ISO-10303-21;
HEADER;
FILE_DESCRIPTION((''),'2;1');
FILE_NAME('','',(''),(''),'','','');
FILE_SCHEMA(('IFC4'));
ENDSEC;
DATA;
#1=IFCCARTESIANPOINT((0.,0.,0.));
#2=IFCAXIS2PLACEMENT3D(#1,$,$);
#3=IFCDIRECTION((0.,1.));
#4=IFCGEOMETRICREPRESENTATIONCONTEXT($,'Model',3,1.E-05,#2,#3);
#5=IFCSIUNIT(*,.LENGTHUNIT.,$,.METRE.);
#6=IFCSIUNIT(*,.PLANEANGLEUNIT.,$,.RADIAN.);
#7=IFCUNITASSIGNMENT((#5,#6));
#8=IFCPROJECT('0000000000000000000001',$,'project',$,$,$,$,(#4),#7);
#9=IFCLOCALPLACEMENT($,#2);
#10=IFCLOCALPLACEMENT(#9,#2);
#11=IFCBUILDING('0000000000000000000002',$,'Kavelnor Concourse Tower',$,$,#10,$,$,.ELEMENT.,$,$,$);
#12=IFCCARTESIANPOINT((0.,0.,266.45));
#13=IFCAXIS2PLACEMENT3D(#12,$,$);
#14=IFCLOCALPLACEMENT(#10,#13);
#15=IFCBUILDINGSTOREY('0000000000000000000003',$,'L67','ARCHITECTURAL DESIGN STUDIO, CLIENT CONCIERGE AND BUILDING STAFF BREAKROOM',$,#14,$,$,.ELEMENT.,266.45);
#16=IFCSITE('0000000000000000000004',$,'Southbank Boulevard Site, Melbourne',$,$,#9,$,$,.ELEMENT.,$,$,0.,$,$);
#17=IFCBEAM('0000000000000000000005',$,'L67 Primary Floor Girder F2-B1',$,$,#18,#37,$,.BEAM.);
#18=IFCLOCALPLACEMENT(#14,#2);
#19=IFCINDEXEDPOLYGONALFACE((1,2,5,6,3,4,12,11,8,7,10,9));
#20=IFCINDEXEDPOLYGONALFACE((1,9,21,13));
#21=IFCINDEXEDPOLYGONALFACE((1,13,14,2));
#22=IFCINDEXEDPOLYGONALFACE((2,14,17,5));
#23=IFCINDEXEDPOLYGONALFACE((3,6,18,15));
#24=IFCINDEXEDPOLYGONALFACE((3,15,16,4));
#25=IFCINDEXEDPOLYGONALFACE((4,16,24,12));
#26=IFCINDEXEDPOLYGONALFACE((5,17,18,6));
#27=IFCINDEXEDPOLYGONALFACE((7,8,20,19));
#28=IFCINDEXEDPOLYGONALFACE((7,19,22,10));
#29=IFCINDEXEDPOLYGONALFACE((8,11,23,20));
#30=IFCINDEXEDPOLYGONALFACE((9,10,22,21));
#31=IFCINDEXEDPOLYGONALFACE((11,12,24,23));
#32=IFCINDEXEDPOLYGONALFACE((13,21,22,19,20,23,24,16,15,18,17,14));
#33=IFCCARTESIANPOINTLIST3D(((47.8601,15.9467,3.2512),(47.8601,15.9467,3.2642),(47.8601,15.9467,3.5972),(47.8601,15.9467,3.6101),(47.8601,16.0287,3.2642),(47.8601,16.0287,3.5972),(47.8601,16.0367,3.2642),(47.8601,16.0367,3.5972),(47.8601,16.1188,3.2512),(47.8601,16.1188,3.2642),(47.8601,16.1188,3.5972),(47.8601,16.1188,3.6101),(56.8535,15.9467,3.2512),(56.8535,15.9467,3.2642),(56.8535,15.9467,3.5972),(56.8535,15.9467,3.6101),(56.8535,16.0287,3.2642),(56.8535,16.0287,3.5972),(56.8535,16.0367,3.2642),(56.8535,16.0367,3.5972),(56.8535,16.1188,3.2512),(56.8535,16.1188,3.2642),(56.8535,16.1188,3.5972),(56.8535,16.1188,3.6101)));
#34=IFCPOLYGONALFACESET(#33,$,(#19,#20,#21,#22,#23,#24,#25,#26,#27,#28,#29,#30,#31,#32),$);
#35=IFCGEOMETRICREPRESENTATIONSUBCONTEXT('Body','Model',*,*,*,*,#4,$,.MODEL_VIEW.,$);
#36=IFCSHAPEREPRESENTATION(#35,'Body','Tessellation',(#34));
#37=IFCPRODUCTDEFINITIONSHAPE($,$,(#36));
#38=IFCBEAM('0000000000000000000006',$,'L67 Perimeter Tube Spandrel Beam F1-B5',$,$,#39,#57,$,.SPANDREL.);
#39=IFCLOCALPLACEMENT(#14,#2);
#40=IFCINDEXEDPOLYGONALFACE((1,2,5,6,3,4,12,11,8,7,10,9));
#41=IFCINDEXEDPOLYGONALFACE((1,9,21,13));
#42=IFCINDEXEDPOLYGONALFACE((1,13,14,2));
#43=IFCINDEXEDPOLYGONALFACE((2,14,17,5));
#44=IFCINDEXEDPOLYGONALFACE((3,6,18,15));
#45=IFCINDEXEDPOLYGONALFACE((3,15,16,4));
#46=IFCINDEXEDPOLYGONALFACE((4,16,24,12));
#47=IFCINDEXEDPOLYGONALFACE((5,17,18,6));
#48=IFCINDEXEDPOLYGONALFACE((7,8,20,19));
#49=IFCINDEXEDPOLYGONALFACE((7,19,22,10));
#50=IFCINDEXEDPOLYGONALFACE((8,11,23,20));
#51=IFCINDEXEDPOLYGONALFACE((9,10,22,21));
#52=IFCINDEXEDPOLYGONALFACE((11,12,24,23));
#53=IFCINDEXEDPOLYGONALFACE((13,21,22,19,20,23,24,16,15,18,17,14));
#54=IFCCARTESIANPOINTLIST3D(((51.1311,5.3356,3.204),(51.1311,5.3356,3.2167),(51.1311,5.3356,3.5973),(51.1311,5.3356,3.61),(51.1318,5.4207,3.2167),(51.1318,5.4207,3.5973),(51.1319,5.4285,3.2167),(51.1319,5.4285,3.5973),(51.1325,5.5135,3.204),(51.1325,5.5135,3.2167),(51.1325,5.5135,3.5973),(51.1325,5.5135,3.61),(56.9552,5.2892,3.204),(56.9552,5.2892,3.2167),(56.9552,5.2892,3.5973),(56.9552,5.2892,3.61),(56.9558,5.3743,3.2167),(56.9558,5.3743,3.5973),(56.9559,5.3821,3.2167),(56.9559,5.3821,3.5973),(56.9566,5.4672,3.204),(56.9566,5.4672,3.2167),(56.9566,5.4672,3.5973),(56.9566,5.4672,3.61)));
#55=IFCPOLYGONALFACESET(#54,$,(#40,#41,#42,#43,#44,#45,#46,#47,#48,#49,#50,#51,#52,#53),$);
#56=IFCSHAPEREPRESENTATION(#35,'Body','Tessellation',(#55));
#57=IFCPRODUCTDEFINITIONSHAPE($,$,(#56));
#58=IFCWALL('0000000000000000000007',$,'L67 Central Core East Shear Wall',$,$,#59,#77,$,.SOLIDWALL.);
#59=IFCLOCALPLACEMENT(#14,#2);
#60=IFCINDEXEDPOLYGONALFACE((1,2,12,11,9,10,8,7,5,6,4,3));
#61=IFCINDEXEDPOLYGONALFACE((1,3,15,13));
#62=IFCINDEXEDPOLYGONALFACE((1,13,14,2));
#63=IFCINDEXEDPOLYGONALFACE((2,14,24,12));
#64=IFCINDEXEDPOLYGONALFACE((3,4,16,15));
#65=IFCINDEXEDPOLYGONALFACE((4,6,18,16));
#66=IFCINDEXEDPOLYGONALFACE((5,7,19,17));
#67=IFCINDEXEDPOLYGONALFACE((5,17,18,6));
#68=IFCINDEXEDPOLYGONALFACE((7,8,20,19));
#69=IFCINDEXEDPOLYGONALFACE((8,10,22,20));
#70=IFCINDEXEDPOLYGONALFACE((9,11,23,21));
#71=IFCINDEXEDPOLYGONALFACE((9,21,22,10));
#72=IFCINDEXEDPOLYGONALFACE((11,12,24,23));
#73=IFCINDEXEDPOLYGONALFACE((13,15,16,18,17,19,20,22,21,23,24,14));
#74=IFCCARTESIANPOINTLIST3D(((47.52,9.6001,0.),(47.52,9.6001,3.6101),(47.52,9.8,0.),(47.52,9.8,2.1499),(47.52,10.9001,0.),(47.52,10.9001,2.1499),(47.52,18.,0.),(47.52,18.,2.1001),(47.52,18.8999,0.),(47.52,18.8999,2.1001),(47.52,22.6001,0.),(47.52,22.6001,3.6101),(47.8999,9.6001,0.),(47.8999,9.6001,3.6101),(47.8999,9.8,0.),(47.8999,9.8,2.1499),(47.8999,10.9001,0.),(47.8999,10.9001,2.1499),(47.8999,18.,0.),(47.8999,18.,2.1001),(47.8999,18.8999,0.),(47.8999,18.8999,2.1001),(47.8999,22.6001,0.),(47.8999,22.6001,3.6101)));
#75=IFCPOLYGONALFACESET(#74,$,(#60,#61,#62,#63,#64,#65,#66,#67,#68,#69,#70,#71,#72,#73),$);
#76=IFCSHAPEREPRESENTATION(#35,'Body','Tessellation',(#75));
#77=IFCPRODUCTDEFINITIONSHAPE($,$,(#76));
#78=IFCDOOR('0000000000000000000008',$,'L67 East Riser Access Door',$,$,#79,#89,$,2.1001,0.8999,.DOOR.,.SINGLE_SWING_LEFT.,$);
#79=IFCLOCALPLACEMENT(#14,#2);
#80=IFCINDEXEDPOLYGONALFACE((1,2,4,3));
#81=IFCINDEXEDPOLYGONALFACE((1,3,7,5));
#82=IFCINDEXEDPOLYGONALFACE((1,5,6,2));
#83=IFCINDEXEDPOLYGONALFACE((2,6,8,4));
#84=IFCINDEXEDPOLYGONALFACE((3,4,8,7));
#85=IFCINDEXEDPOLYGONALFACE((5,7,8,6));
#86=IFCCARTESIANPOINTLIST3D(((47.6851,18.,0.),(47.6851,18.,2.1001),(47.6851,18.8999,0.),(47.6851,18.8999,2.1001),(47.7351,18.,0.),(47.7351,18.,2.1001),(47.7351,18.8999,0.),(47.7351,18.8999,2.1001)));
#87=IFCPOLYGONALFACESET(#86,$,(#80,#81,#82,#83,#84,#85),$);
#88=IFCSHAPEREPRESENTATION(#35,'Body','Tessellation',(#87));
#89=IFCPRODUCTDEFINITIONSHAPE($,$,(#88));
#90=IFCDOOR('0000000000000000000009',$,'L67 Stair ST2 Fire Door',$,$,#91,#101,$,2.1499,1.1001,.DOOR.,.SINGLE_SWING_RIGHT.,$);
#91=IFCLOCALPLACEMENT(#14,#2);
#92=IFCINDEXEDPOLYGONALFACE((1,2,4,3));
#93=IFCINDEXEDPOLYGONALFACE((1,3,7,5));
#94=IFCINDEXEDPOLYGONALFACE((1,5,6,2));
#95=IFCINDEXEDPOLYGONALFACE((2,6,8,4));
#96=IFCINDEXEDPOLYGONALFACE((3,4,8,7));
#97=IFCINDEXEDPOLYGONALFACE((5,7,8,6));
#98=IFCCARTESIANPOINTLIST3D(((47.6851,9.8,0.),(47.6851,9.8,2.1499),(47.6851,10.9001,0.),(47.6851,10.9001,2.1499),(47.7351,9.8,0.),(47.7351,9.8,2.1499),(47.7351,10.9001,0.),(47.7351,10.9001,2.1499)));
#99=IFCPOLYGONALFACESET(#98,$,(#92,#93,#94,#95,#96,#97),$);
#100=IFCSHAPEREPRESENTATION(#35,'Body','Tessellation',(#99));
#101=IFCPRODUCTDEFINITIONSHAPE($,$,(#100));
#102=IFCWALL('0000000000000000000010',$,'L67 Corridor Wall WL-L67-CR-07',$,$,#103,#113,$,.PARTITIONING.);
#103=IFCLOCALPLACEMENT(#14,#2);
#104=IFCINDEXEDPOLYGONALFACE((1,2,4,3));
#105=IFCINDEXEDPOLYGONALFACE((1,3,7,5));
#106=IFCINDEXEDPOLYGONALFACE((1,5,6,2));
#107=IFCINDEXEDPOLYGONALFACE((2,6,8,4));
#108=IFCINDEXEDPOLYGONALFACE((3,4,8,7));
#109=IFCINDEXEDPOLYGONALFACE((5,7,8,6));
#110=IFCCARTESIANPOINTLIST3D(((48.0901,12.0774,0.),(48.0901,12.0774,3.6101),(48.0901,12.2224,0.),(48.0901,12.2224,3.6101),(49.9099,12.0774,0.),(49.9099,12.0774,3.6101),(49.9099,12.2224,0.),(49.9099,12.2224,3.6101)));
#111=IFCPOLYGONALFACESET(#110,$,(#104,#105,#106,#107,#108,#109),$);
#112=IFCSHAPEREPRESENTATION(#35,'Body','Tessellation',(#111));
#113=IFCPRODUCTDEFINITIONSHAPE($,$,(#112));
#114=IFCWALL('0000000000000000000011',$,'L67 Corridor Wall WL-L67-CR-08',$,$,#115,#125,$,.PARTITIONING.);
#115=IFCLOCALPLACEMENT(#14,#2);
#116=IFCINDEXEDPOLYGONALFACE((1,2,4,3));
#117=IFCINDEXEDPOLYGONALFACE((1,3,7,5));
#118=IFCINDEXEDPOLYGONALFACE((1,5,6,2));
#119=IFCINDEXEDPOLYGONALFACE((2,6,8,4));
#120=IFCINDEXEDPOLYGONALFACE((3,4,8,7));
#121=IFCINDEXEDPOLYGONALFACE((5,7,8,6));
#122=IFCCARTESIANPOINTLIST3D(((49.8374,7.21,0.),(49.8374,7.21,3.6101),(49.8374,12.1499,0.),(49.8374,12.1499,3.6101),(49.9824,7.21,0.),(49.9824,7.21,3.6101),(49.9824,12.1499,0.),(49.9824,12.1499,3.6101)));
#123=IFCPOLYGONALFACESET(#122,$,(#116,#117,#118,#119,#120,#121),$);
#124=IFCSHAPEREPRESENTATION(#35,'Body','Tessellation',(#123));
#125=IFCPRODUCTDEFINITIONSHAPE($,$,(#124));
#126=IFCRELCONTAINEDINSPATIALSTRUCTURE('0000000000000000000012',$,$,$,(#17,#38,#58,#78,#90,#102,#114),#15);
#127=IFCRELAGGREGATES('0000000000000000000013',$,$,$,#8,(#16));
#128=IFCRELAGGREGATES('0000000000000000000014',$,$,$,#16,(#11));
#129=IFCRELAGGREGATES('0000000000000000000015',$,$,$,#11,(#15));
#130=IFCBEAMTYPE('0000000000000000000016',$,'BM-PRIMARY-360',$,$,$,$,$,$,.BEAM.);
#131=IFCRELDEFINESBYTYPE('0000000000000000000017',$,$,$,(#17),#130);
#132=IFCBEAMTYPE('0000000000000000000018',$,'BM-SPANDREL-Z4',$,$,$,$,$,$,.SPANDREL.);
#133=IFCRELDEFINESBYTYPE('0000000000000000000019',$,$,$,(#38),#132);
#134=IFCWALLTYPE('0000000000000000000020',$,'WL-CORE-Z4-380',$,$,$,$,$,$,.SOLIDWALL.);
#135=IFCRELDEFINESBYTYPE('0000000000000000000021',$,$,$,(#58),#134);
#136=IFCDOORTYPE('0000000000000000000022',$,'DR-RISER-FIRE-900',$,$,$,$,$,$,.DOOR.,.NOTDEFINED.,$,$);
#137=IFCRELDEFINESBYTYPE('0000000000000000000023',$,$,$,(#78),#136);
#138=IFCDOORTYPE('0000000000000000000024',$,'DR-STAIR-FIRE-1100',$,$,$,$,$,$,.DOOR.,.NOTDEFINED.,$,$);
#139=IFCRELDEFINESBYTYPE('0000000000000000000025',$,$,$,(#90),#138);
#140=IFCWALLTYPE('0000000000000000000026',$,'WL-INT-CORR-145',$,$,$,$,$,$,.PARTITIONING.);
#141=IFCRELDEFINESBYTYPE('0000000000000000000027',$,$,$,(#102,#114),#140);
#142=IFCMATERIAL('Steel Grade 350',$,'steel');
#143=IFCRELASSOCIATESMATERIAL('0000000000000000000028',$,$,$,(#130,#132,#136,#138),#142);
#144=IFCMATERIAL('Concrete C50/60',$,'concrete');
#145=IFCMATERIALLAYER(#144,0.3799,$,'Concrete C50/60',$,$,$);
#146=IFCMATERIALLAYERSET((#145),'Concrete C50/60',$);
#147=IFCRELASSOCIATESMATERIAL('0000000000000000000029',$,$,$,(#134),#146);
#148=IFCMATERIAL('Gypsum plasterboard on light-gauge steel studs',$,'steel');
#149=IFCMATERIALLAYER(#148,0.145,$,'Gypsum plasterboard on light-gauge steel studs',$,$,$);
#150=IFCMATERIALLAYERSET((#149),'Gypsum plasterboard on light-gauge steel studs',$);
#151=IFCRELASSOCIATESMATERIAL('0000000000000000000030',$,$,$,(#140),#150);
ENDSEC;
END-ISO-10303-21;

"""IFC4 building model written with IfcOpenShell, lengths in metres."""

from ifc_helpers import new_model, si_unit, direction, frame, frame_2d, origin, origin_2d, place, context, subcontext, project, spatial, rectangle, i_section, extrude, material, layer, layer_set, material_profile, profile_set, type_object, element, fill, save


model = new_model("IFC4")

# Units and contexts
model_context = context("Model", 3, precision=1e-05, world=origin(), true_north=direction((0.0, 1.0)))
body_context = subcontext(model_context, "Body", "Model", "MODEL_VIEW")
ifc_project = project(units=[si_unit("LENGTHUNIT", "METRE"), si_unit("PLANEANGLEUNIT", "RADIAN")], contexts=[model_context])

# Site, building, storey
site_placement = place(None, origin())
site = spatial("IfcSite", under=ifc_project, at=site_placement, Name="Southbank Boulevard Site, Melbourne", CompositionType="ELEMENT", RefElevation=0.0)
building_placement = place(site_placement, origin())
building = spatial("IfcBuilding", under=site, at=building_placement, Name="Kavelnor Concourse Tower", CompositionType="ELEMENT")
storey_placement = place(building_placement, frame((0.0, 0.0, 266.45)))
storey = spatial("IfcBuildingStorey", under=building, at=storey_placement, Name="L67", Description="ARCHITECTURAL DESIGN STUDIO, CLIENT CONCIERGE AND BUILDING STAFF BREAKROOM", CompositionType="ELEMENT", Elevation=266.45)

# Shared definitions
ifc_material_1 = material(Name="Steel Grade 350", Category="steel")

# Beams
ifc_material_profile_1 = material_profile(ifc_material_1, i_section(OverallWidth=0.1721, OverallDepth=0.3589, WebThickness=0.0081, FlangeThickness=0.0129, at=origin_2d()), Name="360UB56")
ifc_profile_set_1 = profile_set([ifc_material_profile_1], Name="Steel Grade 350")
beam_type_1 = type_object("IfcBeamType", Name="BM-PRIMARY-360", PredefinedType="BEAM", material=ifc_profile_set_1)
beam_1_placement = place(storey_placement, frame((47.8601, 16.0327, 3.4307), z_axis=(1.0, 0.0, 0.0), x_axis=(0.0, 1.0, 0.0)))
element("IfcBeam", 1, at=beam_1_placement, inside=storey, type_object=beam_type_1, Name="L67 Primary Floor Girder F2-B1", PredefinedType="BEAM", context=body_context, shape_type="SweptSolid", body=[
    extrude(i_section(OverallWidth=0.1721, OverallDepth=0.3589, WebThickness=0.0081, FlangeThickness=0.0129, at=origin_2d()), origin(), (0.0, 0.0, 1.0), 8.9934),
])
ifc_material_profile_2 = material_profile(ifc_material_1, i_section(OverallWidth=0.178, OverallDepth=0.406, WebThickness=0.0078, FlangeThickness=0.0127, at=origin_2d()), Name="410UB59")
ifc_profile_set_2 = profile_set([ifc_material_profile_2], Name="Steel Grade 350")
beam_type_2 = type_object("IfcBeamType", Name="BM-SPANDREL-Z4", PredefinedType="SPANDREL", material=ifc_profile_set_2)
beam_2_placement = place(storey_placement, frame((51.1318, 5.4246, 3.407), z_axis=(0.999968, -0.007965, 0.0), x_axis=(0.007965, 0.999968, 0.0)))
element("IfcBeam", 2, at=beam_2_placement, inside=storey, type_object=beam_type_2, Name="L67 Perimeter Tube Spandrel Beam F1-B5", PredefinedType="SPANDREL", context=body_context, shape_type="SweptSolid", body=[
    extrude(i_section(OverallWidth=0.178, OverallDepth=0.406, WebThickness=0.0078, FlangeThickness=0.0127, at=origin_2d()), origin(), (0.0, 0.0, 1.0), 5.8242),
])

# Wall, openings, doors
ifc_material_2 = material(Name="Concrete C50/60", Category="concrete")
ifc_layer_1 = layer(ifc_material_2, 0.3799, Name="Concrete C50/60")
ifc_layer_set_1 = layer_set([ifc_layer_1], Name="Concrete C50/60")
wall_type_1 = type_object("IfcWallType", Name="WL-CORE-Z4-380", PredefinedType="SOLIDWALL", material=ifc_layer_set_1)
wall_1_placement = place(storey_placement, frame((47.71, 9.6001, 0.0), z_axis=(0.0, 0.0, 1.0), x_axis=(0.0, 1.0, 0.0)))
wall_1 = element("IfcWall", 3, at=wall_1_placement, inside=storey, type_object=wall_type_1, Name="L67 Central Core East Shear Wall", PredefinedType="SOLIDWALL", context=body_context, shape_type="SweptSolid", body=[
    extrude(rectangle(XDim=13.0, YDim=0.3799, at=frame_2d((6.5, 0.0))), origin(), (0.0, 0.0, 1.0), 3.6101),
])
opening_1_placement = place(wall_1_placement, frame((0.2, 0.0, 0.0)))
opening_1 = element("IfcOpeningElement", 4, at=opening_1_placement, cuts=wall_1, PredefinedType="OPENING", context=body_context, shape_type="SweptSolid", body=[
    extrude(rectangle(XDim=1.1001, YDim=2.1499, at=frame_2d((0.55, 1.075))), frame((0.0, 0.2, 0.0), z_axis=(0.0, -1.0, 0.0), x_axis=(1.0, 0.0, 0.0)), (0.0, 0.0, 1.0), 0.3999),
])
opening_2_placement = place(wall_1_placement, frame((8.3999, 0.0, 0.0)))
opening_2 = element("IfcOpeningElement", 5, at=opening_2_placement, cuts=wall_1, PredefinedType="OPENING", context=body_context, shape_type="SweptSolid", body=[
    extrude(rectangle(XDim=0.8999, YDim=2.1001, at=frame_2d((0.45, 1.05))), frame((0.0, 0.2, 0.0), z_axis=(0.0, -1.0, 0.0), x_axis=(1.0, 0.0, 0.0)), (0.0, 0.0, 1.0), 0.3999),
])
door_type_1 = type_object("IfcDoorType", Name="DR-RISER-FIRE-900", OperationType="NOTDEFINED", PredefinedType="DOOR", material=ifc_material_1)
door_1_placement = place(opening_2_placement, origin())
door_1 = element("IfcDoor", 6, at=door_1_placement, inside=storey, type_object=door_type_1, Name="L67 East Riser Access Door", OperationType="SINGLE_SWING_LEFT", OverallHeight=2.1001, OverallWidth=0.8999, PredefinedType="DOOR", context=body_context, shape_type="SweptSolid", body=[
    extrude(rectangle(XDim=0.8999, YDim=2.1001, at=frame_2d((0.45, 1.05))), frame((0.0, 0.0249, 0.0), z_axis=(0.0, -1.0, 0.0), x_axis=(1.0, 0.0, 0.0)), (0.0, 0.0, 1.0), 0.05),
])
fill(opening_2, door_1)
door_type_2 = type_object("IfcDoorType", Name="DR-STAIR-FIRE-1100", OperationType="NOTDEFINED", PredefinedType="DOOR", material=ifc_material_1)
door_2_placement = place(opening_1_placement, origin())
door_2 = element("IfcDoor", 7, at=door_2_placement, inside=storey, type_object=door_type_2, Name="L67 Stair ST2 Fire Door", OperationType="SINGLE_SWING_RIGHT", OverallHeight=2.1499, OverallWidth=1.1001, PredefinedType="DOOR", context=body_context, shape_type="SweptSolid", body=[
    extrude(rectangle(XDim=1.1001, YDim=2.1499, at=frame_2d((0.55, 1.075))), frame((0.0, 0.0249, 0.0), z_axis=(0.0, -1.0, 0.0), x_axis=(1.0, 0.0, 0.0)), (0.0, 0.0, 1.0), 0.05),
])
fill(opening_1, door_2)

# Walls
ifc_material_3 = material(Name="Gypsum plasterboard on light-gauge steel studs", Category="steel")
ifc_layer_2 = layer(ifc_material_3, 0.145, Name="Gypsum plasterboard on light-gauge steel studs")
ifc_layer_set_2 = layer_set([ifc_layer_2], Name="Gypsum plasterboard on light-gauge steel studs")
wall_type_2 = type_object("IfcWallType", Name="WL-INT-CORR-145", PredefinedType="PARTITIONING", material=ifc_layer_set_2)
wall_2_placement = place(storey_placement, frame((48.0901, 12.1499, 0.0), z_axis=(0.0, 0.0, 1.0), x_axis=(1.0, 0.0, 0.0)))
element("IfcWall", 8, at=wall_2_placement, inside=storey, type_object=wall_type_2, Name="L67 Corridor Wall WL-L67-CR-07", PredefinedType="PARTITIONING", context=body_context, shape_type="SweptSolid", body=[
    extrude(rectangle(XDim=1.8198, YDim=0.145, at=frame_2d((0.9099, 0.0))), origin(), (0.0, 0.0, 1.0), 3.6101),
])
wall_3_placement = place(storey_placement, frame((49.9099, 12.1499, 0.0), z_axis=(0.0, 0.0, 1.0), x_axis=(0.0, -1.0, 0.0)))
element("IfcWall", 9, at=wall_3_placement, inside=storey, type_object=wall_type_2, Name="L67 Corridor Wall WL-L67-CR-08", PredefinedType="PARTITIONING", context=body_context, shape_type="SweptSolid", body=[
    extrude(rectangle(XDim=4.9399, YDim=0.145, at=frame_2d((2.47, 0.0))), origin(), (0.0, 0.0, 1.0), 3.6101),
])

save(model, "model.ifc")
